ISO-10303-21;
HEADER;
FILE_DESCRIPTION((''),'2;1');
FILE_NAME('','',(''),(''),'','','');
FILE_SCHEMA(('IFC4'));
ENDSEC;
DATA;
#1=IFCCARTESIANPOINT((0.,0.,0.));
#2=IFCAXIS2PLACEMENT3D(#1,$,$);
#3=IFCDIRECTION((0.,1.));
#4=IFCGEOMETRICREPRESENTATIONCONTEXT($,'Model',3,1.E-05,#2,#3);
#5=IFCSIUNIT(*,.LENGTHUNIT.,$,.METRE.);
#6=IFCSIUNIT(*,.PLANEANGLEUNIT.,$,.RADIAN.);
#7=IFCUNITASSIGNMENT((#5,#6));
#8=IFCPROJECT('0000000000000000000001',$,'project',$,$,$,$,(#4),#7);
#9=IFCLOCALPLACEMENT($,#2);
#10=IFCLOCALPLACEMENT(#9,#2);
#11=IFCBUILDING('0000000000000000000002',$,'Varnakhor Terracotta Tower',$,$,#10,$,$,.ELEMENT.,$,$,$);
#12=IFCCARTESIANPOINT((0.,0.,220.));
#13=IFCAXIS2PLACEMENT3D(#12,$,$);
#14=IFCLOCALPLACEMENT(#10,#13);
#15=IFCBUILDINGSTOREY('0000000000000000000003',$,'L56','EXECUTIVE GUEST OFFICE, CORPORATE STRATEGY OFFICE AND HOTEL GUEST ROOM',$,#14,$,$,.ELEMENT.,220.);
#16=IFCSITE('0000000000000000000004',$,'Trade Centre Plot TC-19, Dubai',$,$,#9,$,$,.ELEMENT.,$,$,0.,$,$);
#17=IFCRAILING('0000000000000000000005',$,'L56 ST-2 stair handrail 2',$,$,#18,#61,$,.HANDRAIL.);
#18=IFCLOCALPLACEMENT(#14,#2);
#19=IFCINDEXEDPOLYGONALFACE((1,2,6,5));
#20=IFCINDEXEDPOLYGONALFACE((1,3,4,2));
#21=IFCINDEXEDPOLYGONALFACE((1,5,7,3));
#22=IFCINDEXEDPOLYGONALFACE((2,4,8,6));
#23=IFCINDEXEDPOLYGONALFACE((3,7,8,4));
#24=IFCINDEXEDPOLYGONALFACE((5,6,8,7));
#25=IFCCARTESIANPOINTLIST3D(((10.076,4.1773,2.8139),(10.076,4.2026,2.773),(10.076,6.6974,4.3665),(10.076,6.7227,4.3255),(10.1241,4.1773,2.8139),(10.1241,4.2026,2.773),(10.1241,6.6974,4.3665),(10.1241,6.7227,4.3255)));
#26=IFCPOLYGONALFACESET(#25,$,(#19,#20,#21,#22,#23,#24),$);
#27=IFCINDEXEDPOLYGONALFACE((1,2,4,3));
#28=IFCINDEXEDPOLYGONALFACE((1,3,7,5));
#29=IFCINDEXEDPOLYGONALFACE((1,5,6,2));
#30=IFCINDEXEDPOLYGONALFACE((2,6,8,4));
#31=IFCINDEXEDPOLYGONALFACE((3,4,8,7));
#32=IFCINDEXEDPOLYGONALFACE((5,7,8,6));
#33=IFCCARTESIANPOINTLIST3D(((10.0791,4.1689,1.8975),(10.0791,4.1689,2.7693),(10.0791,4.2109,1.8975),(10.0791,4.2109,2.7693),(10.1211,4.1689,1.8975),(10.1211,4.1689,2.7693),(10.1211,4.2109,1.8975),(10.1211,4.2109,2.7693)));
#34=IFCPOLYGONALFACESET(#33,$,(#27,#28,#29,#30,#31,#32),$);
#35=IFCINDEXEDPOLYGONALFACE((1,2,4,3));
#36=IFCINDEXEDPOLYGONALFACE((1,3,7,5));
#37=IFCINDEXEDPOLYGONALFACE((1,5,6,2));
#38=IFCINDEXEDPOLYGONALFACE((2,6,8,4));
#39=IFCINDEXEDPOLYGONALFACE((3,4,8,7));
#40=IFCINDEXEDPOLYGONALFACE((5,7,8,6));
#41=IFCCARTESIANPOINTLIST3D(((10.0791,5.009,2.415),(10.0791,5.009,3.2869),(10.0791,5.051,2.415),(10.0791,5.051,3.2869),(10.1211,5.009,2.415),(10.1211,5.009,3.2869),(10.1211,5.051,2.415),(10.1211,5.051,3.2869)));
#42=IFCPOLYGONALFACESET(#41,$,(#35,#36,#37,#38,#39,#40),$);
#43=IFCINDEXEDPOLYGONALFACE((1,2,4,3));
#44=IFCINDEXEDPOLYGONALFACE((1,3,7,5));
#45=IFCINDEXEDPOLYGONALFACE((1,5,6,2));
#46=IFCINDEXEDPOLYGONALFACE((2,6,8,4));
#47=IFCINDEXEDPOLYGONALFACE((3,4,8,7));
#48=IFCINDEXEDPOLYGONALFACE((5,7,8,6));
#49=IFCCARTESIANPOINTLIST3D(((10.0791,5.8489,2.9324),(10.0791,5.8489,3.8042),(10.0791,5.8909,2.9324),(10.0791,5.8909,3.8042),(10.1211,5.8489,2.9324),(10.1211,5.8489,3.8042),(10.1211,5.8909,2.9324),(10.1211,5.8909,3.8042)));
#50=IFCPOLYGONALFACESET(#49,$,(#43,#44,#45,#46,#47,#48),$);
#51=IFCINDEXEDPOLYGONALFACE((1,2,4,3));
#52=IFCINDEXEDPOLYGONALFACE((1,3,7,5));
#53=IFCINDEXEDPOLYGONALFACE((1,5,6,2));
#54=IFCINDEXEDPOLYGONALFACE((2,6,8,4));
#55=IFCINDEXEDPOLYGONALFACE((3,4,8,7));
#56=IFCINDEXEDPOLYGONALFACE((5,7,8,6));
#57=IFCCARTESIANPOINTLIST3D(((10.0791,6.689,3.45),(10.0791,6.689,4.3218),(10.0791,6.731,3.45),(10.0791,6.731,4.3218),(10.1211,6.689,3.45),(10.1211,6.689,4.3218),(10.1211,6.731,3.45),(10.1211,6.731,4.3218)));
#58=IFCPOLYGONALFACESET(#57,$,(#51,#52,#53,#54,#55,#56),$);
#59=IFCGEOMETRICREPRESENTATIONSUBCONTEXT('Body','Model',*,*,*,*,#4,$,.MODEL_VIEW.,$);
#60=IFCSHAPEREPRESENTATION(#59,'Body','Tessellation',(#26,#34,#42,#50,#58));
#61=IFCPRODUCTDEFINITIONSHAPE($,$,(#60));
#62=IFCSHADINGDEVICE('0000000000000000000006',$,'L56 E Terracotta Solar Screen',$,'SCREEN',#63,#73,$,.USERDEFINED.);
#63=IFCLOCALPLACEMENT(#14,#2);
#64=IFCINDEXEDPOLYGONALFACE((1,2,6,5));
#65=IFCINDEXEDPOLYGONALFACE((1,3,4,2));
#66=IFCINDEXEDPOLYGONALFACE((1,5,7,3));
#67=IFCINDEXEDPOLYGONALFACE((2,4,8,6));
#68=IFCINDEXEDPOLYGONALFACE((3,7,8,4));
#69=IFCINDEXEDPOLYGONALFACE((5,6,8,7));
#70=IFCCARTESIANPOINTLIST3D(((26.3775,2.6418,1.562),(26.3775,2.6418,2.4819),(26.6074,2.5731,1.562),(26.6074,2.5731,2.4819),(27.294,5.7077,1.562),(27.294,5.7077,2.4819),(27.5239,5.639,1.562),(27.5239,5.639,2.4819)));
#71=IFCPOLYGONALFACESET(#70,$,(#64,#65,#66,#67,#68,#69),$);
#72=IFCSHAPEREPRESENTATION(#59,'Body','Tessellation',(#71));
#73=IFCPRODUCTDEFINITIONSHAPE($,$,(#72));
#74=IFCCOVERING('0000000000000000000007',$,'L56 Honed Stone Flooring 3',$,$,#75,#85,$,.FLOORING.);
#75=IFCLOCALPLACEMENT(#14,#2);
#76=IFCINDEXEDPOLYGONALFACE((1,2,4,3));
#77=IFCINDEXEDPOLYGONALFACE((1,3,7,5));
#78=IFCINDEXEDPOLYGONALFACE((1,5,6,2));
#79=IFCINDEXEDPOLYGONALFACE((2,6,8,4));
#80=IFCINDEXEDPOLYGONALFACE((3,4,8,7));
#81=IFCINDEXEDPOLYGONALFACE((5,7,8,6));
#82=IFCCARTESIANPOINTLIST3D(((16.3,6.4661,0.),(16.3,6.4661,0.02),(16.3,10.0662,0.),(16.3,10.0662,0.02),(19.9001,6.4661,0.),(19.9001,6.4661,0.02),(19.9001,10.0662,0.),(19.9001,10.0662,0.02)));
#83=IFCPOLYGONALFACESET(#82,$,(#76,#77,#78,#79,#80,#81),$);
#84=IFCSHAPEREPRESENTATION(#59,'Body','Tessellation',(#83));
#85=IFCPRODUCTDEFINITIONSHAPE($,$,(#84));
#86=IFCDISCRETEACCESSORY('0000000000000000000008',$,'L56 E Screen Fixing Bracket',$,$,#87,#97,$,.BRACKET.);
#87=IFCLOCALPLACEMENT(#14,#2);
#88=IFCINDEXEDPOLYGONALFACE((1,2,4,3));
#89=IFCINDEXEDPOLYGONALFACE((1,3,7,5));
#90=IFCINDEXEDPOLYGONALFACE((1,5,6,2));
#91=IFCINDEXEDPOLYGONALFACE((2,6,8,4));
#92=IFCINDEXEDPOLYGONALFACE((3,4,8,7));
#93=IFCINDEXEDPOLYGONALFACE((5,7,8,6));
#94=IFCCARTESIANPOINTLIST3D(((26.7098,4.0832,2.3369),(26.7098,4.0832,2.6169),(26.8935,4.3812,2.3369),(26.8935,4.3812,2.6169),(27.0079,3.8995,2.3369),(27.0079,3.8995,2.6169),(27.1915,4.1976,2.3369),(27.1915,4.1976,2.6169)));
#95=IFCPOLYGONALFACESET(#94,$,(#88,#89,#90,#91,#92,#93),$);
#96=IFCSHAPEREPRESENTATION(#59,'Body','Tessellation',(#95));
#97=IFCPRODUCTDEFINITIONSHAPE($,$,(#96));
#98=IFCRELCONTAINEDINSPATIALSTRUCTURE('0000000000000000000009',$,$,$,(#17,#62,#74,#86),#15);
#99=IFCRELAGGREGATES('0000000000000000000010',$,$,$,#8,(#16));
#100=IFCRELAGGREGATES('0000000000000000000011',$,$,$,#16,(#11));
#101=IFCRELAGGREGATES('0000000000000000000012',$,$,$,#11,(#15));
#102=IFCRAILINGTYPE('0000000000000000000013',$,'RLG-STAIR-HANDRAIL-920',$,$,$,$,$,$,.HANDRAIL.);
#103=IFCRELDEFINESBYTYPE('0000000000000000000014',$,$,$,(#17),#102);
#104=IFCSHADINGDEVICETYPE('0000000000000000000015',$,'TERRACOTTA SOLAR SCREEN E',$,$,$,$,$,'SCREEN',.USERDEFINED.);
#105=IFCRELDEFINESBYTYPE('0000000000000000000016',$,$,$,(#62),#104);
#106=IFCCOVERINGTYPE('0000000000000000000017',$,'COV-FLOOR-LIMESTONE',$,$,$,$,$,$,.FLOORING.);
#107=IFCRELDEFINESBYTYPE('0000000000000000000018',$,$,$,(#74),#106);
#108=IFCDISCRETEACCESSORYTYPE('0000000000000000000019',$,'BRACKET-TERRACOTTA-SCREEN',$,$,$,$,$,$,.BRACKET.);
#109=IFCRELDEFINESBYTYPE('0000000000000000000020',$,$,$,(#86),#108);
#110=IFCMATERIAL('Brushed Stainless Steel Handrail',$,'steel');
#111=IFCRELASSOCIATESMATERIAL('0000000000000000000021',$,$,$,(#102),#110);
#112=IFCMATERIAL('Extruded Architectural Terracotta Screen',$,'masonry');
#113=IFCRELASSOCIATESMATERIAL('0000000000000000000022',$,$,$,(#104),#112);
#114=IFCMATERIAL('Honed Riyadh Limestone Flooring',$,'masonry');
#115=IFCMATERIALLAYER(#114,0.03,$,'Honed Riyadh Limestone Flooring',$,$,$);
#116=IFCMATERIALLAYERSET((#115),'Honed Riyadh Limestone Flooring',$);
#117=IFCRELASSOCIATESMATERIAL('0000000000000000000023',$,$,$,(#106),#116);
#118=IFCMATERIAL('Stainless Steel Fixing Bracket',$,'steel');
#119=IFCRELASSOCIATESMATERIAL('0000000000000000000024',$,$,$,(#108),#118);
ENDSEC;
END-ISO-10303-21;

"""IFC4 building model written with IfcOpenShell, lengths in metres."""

from ifc_helpers import new_model, si_unit, direction, frame, origin, origin_2d, place, context, subcontext, project, spatial, rectangle, extrude, source, transform, mapped, material, layer, layer_set, type_object, type_shapes, element, save


model = new_model("IFC4")

# Units and contexts
model_context = context("Model", 3, precision=1e-05, world=origin(), true_north=direction((0.0, 1.0)))
body_context = subcontext(model_context, "Body", "Model", "MODEL_VIEW")
ifc_project = project(units=[si_unit("LENGTHUNIT", "METRE"), si_unit("PLANEANGLEUNIT", "RADIAN")], contexts=[model_context])

# Site, building, storey
site_placement = place(None, origin())
site = spatial("IfcSite", under=ifc_project, at=site_placement, Name="Trade Centre Plot TC-19, Dubai", CompositionType="ELEMENT", RefElevation=0.0)
building_placement = place(site_placement, origin())
building = spatial("IfcBuilding", under=site, at=building_placement, Name="Varnakhor Terracotta Tower", CompositionType="ELEMENT")
storey_placement = place(building_placement, frame((0.0, 0.0, 220.0)))
storey = spatial("IfcBuildingStorey", under=building, at=storey_placement, Name="L56", Description="EXECUTIVE GUEST OFFICE, CORPORATE STRATEGY OFFICE AND HOTEL GUEST ROOM", CompositionType="ELEMENT", Elevation=220.0)

# Railing
ifc_material_1 = material(Name="Brushed Stainless Steel Handrail", Category="steel")
railing_type_1 = type_object("IfcRailingType", Name="RLG-STAIR-HANDRAIL-920", PredefinedType="HANDRAIL", material=ifc_material_1)
railing_1_placement = place(storey_placement, frame((10.1001, 4.1899, 1.8975)))
element("IfcRailing", 1, at=railing_1_placement, inside=storey, type_object=railing_type_1, Name="L56 ST-2 stair handrail 2", PredefinedType="HANDRAIL", context=body_context, shape_type="SweptSolid", body=[
    extrude(rectangle(XDim=0.0481, YDim=0.0481, at=origin_2d()), frame((0.0, 0.0, 0.896), z_axis=(0.0, 0.8514, 0.524516), x_axis=(-1.0, 0.0, 0.0)), (0.0, 0.0, 1.0), 2.96),
    extrude(rectangle(XDim=0.042, YDim=0.042, at=origin_2d()), origin(), (0.0, 0.0, 1.0), 0.8718),
    extrude(rectangle(XDim=0.042, YDim=0.042, at=origin_2d()), frame((0.0, 0.8401, 0.5176)), (0.0, 0.0, 1.0), 0.8718),
    extrude(rectangle(XDim=0.042, YDim=0.042, at=origin_2d()), frame((0.0, 1.6799, 1.0349)), (0.0, 0.0, 1.0), 0.8718),
    extrude(rectangle(XDim=0.042, YDim=0.042, at=origin_2d()), frame((0.0, 2.52, 1.5525)), (0.0, 0.0, 1.0), 0.8718),
])

# Shading device
ifc_material_2 = material(Name="Extruded Architectural Terracotta Screen", Category="masonry")
shading_device_type = type_object("IfcShadingDeviceType", Name="TERRACOTTA SOLAR SCREEN E", ElementType="SCREEN", PredefinedType="USERDEFINED", material=ifc_material_2)
shared_shape_1 = source(origin(), body_context, "Body", "SweptSolid", [
    extrude(rectangle(XDim=3.2, YDim=0.24, at=origin_2d()), origin(), (0.0, 0.0, 1.0), 0.9199),
])
type_shapes(shading_device_type, [shared_shape_1])
shading_device_placement = place(storey_placement, frame((26.9507, 4.1404, 1.562), z_axis=(0.0, 0.0, 1.0), x_axis=(0.286407, 0.958108, 0.0)))
element("IfcShadingDevice", 2, at=shading_device_placement, inside=storey, type_object=shading_device_type, Name="L56 E Terracotta Solar Screen", ObjectType="SCREEN", PredefinedType="USERDEFINED", context=body_context, shape_type="MappedRepresentation", body=[
    mapped(shared_shape_1, transform((0.0, 0.0, 0.0), scale=1.0)),
])

# Covering
ifc_material_3 = material(Name="Honed Riyadh Limestone Flooring", Category="masonry")
ifc_layer_1 = layer(ifc_material_3, 0.03, Name="Honed Riyadh Limestone Flooring")
ifc_layer_set_1 = layer_set([ifc_layer_1], Name="Honed Riyadh Limestone Flooring")
covering_type = type_object("IfcCoveringType", Name="COV-FLOOR-LIMESTONE", PredefinedType="FLOORING", material=ifc_layer_set_1)
shared_shape_2 = source(origin(), body_context, "Body", "SweptSolid", [
    extrude(rectangle(XDim=3.6001, YDim=3.6001, at=origin_2d()), origin(), (0.0, 0.0, 1.0), 0.02),
])
covering_placement = place(storey_placement, frame((18.1001, 8.2661, 0.0), z_axis=(0.0, 0.0, 1.0), x_axis=(1.0, 0.0, 0.0)))
element("IfcCovering", 3, at=covering_placement, inside=storey, type_object=covering_type, Name="L56 Honed Stone Flooring 3", PredefinedType="FLOORING", context=body_context, shape_type="MappedRepresentation", body=[
    mapped(shared_shape_2, transform((0.0, 0.0, 0.0), scale=1.0)),
])

# Discrete accessory
ifc_material_4 = material(Name="Stainless Steel Fixing Bracket", Category="steel")
discrete_accessory_type = type_object("IfcDiscreteAccessoryType", Name="BRACKET-TERRACOTTA-SCREEN", PredefinedType="BRACKET", material=ifc_material_4)
shared_shape_3 = source(origin(), body_context, "Body", "SweptSolid", [
    extrude(rectangle(XDim=0.3501, YDim=0.3501, at=origin_2d()), origin(), (0.0, 0.0, 1.0), 0.28),
])
type_shapes(discrete_accessory_type, [shared_shape_3])
discrete_accessory_placement = place(storey_placement, frame((26.9507, 4.1404, 2.3369), z_axis=(0.0, 0.0, 1.0), x_axis=(0.524625, 0.851333, 0.0)))
element("IfcDiscreteAccessory", 4, at=discrete_accessory_placement, inside=storey, type_object=discrete_accessory_type, Name="L56 E Screen Fixing Bracket", PredefinedType="BRACKET", context=body_context, shape_type="MappedRepresentation", body=[
    mapped(shared_shape_3, transform((0.0, 0.0, 0.0), scale=1.0)),
])

save(model, "model.ifc")
